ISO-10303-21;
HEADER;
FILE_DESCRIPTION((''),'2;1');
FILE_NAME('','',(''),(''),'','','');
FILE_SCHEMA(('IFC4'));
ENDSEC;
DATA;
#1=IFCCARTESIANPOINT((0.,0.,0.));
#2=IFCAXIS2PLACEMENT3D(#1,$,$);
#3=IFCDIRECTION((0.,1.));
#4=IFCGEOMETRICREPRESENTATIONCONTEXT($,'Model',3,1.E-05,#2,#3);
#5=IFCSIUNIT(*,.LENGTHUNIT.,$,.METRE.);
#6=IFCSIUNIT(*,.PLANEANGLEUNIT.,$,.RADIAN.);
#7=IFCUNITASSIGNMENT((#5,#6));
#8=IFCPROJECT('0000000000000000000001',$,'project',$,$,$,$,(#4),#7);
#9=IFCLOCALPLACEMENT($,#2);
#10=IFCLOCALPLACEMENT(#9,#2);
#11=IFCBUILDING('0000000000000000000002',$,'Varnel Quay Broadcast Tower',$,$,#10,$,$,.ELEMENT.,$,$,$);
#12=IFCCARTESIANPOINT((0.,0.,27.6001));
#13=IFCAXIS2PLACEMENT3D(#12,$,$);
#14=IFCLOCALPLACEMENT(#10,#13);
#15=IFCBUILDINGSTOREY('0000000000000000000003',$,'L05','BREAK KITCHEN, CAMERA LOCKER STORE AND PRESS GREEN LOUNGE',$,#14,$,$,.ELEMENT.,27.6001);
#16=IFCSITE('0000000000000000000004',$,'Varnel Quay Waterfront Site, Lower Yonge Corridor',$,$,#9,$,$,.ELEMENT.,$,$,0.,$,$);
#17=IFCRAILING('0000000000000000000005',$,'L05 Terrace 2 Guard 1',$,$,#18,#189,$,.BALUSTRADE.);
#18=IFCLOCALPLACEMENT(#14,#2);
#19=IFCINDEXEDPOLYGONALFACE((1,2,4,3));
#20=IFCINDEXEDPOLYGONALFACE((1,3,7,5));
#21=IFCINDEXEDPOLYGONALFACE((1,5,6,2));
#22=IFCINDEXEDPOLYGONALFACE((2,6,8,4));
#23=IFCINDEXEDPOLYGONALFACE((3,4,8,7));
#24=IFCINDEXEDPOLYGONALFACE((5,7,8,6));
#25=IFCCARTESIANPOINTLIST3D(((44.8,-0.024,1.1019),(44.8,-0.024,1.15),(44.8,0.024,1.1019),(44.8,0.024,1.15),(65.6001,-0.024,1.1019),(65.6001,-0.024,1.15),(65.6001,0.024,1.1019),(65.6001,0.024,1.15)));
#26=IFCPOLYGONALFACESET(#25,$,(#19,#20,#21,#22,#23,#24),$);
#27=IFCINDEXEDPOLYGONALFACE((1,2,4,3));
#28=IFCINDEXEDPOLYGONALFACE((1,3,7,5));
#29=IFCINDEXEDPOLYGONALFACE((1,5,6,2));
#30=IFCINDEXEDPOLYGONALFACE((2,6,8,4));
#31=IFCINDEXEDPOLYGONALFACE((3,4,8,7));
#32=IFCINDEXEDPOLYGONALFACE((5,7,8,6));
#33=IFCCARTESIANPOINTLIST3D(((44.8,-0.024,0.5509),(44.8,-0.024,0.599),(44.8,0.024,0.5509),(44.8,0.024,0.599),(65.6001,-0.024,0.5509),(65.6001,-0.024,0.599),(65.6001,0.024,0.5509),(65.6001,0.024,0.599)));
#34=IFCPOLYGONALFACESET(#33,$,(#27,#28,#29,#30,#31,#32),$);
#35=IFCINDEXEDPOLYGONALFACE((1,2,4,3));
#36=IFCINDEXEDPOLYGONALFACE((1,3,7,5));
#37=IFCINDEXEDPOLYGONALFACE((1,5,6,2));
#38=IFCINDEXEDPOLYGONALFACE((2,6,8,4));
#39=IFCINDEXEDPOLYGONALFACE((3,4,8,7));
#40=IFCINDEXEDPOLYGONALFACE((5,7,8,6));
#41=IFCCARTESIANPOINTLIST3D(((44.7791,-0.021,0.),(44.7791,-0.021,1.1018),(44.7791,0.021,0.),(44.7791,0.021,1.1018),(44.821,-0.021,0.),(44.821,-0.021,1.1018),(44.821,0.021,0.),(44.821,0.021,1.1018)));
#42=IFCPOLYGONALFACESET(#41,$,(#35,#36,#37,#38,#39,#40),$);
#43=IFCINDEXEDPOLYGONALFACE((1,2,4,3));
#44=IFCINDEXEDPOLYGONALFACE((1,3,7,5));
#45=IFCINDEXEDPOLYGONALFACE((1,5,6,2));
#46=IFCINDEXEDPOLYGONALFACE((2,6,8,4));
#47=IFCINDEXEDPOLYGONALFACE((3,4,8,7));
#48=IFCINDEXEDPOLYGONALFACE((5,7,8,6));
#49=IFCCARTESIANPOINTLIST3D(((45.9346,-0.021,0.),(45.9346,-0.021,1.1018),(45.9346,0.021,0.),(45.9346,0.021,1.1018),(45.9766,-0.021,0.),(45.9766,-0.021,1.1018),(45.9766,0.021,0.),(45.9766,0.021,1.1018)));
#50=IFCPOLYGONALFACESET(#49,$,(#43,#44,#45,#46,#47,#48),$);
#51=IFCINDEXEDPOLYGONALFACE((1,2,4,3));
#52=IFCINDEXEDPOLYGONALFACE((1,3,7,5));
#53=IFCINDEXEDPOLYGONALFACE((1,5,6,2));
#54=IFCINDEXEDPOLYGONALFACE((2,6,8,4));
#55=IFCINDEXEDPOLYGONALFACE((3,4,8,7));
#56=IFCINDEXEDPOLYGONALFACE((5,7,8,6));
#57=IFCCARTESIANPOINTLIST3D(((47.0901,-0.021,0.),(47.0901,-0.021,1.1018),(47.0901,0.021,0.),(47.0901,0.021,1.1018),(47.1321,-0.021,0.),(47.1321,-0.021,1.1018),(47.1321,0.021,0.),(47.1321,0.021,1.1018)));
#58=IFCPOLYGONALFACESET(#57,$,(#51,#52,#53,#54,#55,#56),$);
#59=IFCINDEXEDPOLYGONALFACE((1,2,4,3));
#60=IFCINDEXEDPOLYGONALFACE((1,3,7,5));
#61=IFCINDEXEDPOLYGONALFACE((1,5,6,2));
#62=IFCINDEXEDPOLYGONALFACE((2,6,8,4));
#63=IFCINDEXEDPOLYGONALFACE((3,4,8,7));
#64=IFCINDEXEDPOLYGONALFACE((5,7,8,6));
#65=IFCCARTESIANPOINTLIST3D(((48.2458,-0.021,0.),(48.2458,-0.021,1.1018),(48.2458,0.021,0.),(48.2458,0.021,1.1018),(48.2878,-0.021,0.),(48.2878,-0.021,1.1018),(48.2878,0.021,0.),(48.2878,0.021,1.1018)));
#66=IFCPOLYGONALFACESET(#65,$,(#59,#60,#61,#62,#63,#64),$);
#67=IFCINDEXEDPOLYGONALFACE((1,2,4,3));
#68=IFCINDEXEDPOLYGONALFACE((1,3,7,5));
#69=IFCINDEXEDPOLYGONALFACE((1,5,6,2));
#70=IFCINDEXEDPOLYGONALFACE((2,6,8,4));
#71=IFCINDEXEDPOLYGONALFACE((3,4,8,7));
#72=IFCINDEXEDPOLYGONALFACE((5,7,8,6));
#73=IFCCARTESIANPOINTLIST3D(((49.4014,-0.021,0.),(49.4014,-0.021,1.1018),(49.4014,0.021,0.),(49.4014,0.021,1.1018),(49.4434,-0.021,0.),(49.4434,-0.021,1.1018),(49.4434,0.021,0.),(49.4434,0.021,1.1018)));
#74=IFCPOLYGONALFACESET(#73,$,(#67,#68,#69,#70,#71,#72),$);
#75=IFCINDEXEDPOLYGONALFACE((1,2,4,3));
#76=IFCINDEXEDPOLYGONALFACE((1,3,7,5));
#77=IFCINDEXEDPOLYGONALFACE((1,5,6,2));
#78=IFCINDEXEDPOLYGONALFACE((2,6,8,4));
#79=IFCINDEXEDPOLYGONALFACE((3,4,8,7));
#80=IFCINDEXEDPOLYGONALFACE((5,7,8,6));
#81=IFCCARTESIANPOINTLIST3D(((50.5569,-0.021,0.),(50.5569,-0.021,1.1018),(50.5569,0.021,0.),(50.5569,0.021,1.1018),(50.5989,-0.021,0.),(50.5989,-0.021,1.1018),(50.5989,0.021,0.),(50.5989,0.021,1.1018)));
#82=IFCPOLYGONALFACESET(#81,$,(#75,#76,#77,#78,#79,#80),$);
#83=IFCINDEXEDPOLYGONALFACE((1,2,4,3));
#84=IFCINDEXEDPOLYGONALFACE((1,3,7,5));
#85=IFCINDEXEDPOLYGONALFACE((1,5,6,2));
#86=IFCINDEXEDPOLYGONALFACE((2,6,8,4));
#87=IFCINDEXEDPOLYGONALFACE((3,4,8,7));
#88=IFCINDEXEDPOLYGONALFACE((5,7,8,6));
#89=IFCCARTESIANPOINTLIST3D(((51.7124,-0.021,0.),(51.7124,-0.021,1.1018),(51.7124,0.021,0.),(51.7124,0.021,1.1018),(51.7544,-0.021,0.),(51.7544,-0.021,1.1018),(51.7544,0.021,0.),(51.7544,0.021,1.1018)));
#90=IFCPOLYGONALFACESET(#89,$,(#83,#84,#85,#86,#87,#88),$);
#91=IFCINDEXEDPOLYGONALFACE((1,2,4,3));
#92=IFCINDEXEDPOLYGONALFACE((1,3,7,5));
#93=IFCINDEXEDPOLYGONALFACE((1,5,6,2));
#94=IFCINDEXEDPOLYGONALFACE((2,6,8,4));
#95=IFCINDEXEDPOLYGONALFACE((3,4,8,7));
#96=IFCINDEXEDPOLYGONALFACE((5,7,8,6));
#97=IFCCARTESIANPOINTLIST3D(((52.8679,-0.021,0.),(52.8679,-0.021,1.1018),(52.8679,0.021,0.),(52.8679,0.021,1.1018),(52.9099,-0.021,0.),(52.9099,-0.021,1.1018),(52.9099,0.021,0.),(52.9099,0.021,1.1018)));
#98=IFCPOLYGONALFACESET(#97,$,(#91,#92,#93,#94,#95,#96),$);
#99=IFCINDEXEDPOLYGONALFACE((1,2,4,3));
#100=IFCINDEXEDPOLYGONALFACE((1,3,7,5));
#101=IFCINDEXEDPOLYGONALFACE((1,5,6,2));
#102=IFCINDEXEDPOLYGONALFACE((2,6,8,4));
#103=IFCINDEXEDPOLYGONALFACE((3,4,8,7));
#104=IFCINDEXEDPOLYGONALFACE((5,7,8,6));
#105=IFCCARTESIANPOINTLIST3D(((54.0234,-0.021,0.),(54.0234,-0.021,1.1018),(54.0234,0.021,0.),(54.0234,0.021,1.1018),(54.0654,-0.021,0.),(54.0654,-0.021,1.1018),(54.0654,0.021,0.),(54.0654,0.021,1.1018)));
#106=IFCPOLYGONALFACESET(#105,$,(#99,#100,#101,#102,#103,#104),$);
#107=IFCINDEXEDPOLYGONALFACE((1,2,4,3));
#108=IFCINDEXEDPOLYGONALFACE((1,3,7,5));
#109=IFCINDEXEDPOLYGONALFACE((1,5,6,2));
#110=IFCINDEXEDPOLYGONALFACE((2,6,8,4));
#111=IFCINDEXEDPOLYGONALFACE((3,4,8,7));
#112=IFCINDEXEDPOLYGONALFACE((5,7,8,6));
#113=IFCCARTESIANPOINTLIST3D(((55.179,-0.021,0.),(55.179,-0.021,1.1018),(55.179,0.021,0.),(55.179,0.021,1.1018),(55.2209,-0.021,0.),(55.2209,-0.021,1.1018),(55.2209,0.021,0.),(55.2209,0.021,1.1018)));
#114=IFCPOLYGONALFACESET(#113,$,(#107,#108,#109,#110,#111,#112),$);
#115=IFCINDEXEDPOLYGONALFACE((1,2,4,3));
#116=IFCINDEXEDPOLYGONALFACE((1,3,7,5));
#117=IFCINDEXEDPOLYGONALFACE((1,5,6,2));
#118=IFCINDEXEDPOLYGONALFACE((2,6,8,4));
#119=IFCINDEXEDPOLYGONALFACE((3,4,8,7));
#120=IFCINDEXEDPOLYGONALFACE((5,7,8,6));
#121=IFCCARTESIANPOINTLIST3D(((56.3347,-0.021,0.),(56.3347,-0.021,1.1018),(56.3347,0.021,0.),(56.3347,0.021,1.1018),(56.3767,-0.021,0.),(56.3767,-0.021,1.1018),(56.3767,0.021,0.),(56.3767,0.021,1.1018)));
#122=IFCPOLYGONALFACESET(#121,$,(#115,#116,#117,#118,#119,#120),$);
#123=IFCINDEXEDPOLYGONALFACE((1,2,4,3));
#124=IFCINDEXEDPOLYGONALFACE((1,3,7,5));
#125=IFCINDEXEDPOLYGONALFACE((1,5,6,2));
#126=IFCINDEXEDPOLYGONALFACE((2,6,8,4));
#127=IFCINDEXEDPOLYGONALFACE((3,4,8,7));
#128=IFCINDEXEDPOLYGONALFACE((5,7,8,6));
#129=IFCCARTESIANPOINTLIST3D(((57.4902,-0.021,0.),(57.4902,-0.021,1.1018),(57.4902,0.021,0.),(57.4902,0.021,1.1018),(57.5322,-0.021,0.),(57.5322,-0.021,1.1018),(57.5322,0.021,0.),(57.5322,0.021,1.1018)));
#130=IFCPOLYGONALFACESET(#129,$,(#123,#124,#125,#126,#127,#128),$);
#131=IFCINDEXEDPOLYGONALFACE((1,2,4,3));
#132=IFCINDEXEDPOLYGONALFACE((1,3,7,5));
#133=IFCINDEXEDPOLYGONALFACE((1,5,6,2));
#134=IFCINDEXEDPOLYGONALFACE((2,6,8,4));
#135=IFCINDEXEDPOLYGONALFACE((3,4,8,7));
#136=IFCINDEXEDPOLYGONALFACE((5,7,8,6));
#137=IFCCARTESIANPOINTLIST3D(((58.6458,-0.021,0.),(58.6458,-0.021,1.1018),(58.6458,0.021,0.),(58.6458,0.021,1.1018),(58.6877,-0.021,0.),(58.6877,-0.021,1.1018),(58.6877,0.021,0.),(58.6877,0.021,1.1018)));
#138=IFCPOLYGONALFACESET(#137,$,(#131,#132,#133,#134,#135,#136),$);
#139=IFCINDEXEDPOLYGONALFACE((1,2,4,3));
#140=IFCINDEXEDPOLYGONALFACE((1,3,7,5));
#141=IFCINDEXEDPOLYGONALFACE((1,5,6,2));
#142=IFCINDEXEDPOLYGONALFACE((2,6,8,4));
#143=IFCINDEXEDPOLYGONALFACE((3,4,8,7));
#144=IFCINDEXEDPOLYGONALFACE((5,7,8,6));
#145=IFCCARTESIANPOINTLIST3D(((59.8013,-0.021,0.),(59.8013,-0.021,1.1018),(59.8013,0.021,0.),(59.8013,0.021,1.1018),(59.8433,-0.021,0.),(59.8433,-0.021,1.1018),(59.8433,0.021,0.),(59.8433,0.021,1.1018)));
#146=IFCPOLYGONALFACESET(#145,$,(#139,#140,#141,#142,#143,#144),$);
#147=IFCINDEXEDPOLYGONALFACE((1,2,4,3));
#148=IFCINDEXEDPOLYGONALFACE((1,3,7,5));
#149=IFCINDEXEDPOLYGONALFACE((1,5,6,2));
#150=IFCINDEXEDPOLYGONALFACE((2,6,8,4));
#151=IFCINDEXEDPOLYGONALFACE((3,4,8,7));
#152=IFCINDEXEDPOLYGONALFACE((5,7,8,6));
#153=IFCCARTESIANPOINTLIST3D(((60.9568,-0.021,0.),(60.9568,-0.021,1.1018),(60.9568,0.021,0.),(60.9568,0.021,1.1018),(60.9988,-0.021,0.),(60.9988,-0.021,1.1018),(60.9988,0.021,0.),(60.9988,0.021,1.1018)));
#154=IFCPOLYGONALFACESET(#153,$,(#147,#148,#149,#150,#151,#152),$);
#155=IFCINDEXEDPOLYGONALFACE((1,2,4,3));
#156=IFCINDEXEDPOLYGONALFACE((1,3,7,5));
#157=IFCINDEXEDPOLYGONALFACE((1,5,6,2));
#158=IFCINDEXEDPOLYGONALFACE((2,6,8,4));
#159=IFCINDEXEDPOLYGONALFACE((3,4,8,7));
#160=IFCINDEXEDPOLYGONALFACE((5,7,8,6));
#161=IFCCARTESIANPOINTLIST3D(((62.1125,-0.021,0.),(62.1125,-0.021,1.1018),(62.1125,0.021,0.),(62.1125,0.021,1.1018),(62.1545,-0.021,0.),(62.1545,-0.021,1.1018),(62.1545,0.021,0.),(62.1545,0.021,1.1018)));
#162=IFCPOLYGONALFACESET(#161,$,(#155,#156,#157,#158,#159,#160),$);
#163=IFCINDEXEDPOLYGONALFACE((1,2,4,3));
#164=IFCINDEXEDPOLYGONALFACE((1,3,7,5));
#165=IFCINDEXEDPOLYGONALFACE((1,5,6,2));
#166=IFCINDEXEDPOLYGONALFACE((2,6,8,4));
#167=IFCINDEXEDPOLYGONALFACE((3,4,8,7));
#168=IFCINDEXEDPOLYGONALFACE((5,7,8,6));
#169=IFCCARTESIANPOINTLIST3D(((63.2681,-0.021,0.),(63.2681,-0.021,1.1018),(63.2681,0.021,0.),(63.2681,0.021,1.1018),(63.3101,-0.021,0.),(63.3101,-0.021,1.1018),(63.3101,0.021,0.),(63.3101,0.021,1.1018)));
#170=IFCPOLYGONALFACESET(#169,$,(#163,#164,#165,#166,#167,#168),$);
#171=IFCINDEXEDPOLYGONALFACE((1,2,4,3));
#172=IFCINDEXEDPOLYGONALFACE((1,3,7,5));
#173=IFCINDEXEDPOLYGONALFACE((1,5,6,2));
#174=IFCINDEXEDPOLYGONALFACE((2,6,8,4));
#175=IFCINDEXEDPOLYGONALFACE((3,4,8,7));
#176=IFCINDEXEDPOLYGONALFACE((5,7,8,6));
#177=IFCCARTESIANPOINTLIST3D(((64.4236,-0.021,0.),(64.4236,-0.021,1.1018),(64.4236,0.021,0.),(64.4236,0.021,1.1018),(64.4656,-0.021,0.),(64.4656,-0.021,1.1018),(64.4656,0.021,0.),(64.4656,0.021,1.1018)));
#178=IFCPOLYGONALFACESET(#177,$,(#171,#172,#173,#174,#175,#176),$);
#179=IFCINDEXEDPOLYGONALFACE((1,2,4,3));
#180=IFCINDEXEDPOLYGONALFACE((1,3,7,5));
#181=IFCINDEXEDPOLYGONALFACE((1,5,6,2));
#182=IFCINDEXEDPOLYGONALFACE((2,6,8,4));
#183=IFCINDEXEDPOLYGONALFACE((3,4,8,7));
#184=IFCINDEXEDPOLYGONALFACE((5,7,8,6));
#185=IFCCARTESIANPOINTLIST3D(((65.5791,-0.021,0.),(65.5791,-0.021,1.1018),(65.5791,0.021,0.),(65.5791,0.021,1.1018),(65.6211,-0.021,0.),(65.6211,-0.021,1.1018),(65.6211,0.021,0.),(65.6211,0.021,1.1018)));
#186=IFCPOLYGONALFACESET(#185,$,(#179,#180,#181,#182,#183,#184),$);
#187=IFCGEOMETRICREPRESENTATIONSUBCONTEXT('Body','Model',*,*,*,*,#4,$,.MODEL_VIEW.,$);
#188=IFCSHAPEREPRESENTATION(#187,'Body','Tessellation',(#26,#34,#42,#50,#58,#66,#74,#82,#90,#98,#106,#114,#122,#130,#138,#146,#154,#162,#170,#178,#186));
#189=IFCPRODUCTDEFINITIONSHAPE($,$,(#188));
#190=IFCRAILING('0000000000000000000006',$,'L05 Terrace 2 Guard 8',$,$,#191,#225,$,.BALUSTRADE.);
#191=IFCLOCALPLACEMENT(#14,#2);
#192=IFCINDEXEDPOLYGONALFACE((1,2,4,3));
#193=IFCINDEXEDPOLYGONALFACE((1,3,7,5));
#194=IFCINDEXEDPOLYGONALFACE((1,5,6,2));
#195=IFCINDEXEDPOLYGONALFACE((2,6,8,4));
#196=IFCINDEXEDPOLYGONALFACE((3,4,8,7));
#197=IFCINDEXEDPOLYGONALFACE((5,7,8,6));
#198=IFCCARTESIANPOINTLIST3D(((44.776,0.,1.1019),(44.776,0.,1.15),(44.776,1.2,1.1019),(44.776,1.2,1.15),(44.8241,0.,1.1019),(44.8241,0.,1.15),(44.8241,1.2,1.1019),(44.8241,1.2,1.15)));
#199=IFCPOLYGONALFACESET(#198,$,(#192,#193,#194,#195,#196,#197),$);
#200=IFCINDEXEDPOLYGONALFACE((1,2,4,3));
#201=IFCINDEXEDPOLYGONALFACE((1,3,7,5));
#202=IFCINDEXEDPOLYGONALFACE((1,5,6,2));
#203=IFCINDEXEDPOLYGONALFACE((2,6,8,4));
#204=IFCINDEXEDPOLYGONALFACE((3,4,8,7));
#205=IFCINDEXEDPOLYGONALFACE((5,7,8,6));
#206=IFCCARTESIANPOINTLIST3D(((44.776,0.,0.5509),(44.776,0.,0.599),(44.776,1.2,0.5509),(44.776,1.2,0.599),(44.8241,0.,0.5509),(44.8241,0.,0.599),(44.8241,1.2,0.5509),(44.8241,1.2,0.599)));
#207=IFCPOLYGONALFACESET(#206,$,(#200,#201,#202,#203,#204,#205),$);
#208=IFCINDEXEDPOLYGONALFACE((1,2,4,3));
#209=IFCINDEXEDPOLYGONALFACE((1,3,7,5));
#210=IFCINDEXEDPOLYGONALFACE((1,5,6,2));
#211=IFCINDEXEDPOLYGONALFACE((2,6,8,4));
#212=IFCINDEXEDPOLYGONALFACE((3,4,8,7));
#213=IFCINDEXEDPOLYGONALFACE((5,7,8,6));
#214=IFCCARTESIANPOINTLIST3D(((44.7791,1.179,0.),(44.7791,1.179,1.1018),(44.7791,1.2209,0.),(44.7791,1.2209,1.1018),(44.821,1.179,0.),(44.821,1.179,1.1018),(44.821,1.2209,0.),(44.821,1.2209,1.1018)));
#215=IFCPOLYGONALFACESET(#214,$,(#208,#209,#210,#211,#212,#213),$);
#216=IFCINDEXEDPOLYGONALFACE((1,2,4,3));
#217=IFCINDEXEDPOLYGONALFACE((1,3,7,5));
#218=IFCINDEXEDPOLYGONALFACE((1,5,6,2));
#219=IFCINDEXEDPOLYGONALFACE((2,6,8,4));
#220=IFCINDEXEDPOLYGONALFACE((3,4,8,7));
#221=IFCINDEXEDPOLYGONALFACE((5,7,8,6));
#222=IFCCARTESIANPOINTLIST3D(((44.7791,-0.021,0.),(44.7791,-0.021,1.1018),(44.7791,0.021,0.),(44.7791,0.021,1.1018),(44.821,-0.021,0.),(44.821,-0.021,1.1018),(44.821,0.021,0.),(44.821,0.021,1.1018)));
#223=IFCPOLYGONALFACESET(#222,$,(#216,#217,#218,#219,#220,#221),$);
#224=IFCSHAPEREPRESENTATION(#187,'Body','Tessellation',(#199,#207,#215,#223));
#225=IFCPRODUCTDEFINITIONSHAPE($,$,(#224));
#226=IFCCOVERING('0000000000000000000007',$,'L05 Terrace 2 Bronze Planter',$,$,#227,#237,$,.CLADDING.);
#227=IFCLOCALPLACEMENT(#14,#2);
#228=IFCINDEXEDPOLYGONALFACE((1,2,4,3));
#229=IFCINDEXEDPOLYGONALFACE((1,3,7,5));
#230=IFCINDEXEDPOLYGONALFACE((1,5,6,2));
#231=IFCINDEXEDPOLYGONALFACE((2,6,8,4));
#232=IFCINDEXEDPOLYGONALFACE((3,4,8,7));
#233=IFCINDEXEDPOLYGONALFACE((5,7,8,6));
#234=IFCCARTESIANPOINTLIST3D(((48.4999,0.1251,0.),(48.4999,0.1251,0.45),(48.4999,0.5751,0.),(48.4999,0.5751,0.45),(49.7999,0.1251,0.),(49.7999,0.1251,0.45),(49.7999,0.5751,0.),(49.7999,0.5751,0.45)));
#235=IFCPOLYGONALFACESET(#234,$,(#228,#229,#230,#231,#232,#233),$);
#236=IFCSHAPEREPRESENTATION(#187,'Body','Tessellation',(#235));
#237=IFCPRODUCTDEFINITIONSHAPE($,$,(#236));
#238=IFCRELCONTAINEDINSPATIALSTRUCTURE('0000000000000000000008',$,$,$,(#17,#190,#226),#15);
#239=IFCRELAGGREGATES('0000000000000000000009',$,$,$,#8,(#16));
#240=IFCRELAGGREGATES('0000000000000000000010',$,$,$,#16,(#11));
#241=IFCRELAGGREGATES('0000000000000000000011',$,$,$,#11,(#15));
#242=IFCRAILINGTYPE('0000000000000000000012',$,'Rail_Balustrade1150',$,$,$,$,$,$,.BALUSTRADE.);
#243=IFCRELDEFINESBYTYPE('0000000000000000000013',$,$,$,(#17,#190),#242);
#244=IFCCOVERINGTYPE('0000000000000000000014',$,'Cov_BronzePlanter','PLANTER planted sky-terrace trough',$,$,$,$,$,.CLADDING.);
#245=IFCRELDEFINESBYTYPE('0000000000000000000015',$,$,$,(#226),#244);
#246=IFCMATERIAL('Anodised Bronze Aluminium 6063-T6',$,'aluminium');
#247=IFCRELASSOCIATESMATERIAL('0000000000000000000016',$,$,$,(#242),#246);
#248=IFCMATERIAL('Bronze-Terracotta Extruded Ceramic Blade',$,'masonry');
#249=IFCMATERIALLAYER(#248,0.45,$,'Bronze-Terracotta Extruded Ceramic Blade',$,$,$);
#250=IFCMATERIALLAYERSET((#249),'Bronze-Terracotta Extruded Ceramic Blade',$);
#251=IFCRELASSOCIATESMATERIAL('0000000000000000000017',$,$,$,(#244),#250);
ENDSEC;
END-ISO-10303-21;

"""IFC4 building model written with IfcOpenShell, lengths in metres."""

from ifc_helpers import new_model, si_unit, direction, frame, origin, origin_2d, place, context, subcontext, project, spatial, rectangle, extrude, source, transform, mapped, material, layer, layer_set, type_object, type_shapes, element, save


model = new_model("IFC4")

# Units and contexts
model_context = context("Model", 3, precision=1e-05, world=origin(), true_north=direction((0.0, 1.0)))
body_context = subcontext(model_context, "Body", "Model", "MODEL_VIEW")
ifc_project = project(units=[si_unit("LENGTHUNIT", "METRE"), si_unit("PLANEANGLEUNIT", "RADIAN")], contexts=[model_context])

# Site, building, storey
site_placement = place(None, origin())
site = spatial("IfcSite", under=ifc_project, at=site_placement, Name="Varnel Quay Waterfront Site, Lower Yonge Corridor", CompositionType="ELEMENT", RefElevation=0.0)
building_placement = place(site_placement, origin())
building = spatial("IfcBuilding", under=site, at=building_placement, Name="Varnel Quay Broadcast Tower", CompositionType="ELEMENT")
storey_placement = place(building_placement, frame((0.0, 0.0, 27.6001)))
storey = spatial("IfcBuildingStorey", under=building, at=storey_placement, Name="L05", Description="BREAK KITCHEN, CAMERA LOCKER STORE AND PRESS GREEN LOUNGE", CompositionType="ELEMENT", Elevation=27.6001)

# Shared definitions
ifc_material_1 = material(Name="Anodised Bronze Aluminium 6063-T6", Category="aluminium")

# Railings
railing_type = type_object("IfcRailingType", Name="Rail_Balustrade1150", PredefinedType="BALUSTRADE", material=ifc_material_1)
railing_1_placement = place(storey_placement, frame((44.8, 0.0, 0.0)))
element("IfcRailing", 1, at=railing_1_placement, inside=storey, type_object=railing_type, Name="L05 Terrace 2 Guard 1", PredefinedType="BALUSTRADE", context=body_context, shape_type="SweptSolid", body=[
    extrude(rectangle(XDim=0.0481, YDim=0.0481, at=origin_2d()), frame((0.0, 0.0, 1.126), z_axis=(1.0, 0.0, 0.0), x_axis=(0.0, 1.0, 0.0)), (0.0, 0.0, 1.0), 20.8),
    extrude(rectangle(XDim=0.0481, YDim=0.0481, at=origin_2d()), frame((0.0, 0.0, 0.575), z_axis=(1.0, 0.0, 0.0), x_axis=(0.0, 1.0, 0.0)), (0.0, 0.0, 1.0), 20.8),
    extrude(rectangle(XDim=0.042, YDim=0.042, at=origin_2d()), origin(), (0.0, 0.0, 1.0), 1.1018),
    extrude(rectangle(XDim=0.042, YDim=0.042, at=origin_2d()), frame((1.1555, 0.0, 0.0)), (0.0, 0.0, 1.0), 1.1018),
    extrude(rectangle(XDim=0.042, YDim=0.042, at=origin_2d()), frame((2.311, 0.0, 0.0)), (0.0, 0.0, 1.0), 1.1018),
    extrude(rectangle(XDim=0.042, YDim=0.042, at=origin_2d()), frame((3.4668, 0.0, 0.0)), (0.0, 0.0, 1.0), 1.1018),
    extrude(rectangle(XDim=0.042, YDim=0.042, at=origin_2d()), frame((4.6223, 0.0, 0.0)), (0.0, 0.0, 1.0), 1.1018),
    extrude(rectangle(XDim=0.042, YDim=0.042, at=origin_2d()), frame((5.7778, 0.0, 0.0)), (0.0, 0.0, 1.0), 1.1018),
    extrude(rectangle(XDim=0.042, YDim=0.042, at=origin_2d()), frame((6.9333, 0.0, 0.0)), (0.0, 0.0, 1.0), 1.1018),
    extrude(rectangle(XDim=0.042, YDim=0.042, at=origin_2d()), frame((8.0889, 0.0, 0.0)), (0.0, 0.0, 1.0), 1.1018),
    extrude(rectangle(XDim=0.042, YDim=0.042, at=origin_2d()), frame((9.2444, 0.0, 0.0)), (0.0, 0.0, 1.0), 1.1018),
    extrude(rectangle(XDim=0.042, YDim=0.042, at=origin_2d()), frame((10.3999, 0.0, 0.0)), (0.0, 0.0, 1.0), 1.1018),
    extrude(rectangle(XDim=0.042, YDim=0.042, at=origin_2d()), frame((11.5557, 0.0, 0.0)), (0.0, 0.0, 1.0), 1.1018),
    extrude(rectangle(XDim=0.042, YDim=0.042, at=origin_2d()), frame((12.7112, 0.0, 0.0)), (0.0, 0.0, 1.0), 1.1018),
    extrude(rectangle(XDim=0.042, YDim=0.042, at=origin_2d()), frame((13.8667, 0.0, 0.0)), (0.0, 0.0, 1.0), 1.1018),
    extrude(rectangle(XDim=0.042, YDim=0.042, at=origin_2d()), frame((15.0222, 0.0, 0.0)), (0.0, 0.0, 1.0), 1.1018),
    extrude(rectangle(XDim=0.042, YDim=0.042, at=origin_2d()), frame((16.1777, 0.0, 0.0)), (0.0, 0.0, 1.0), 1.1018),
    extrude(rectangle(XDim=0.042, YDim=0.042, at=origin_2d()), frame((17.3335, 0.0, 0.0)), (0.0, 0.0, 1.0), 1.1018),
    extrude(rectangle(XDim=0.042, YDim=0.042, at=origin_2d()), frame((18.489, 0.0, 0.0)), (0.0, 0.0, 1.0), 1.1018),
    extrude(rectangle(XDim=0.042, YDim=0.042, at=origin_2d()), frame((19.6445, 0.0, 0.0)), (0.0, 0.0, 1.0), 1.1018),
    extrude(rectangle(XDim=0.042, YDim=0.042, at=origin_2d()), frame((20.8, 0.0, 0.0)), (0.0, 0.0, 1.0), 1.1018),
])
railing_2_placement = place(storey_placement, frame((44.8, 1.2, 0.0)))
element("IfcRailing", 2, at=railing_2_placement, inside=storey, type_object=railing_type, Name="L05 Terrace 2 Guard 8", PredefinedType="BALUSTRADE", context=body_context, shape_type="SweptSolid", body=[
    extrude(rectangle(XDim=0.0481, YDim=0.0481, at=origin_2d()), frame((0.0, 0.0, 1.126), z_axis=(0.0, -1.0, 0.0), x_axis=(1.0, 0.0, 0.0)), (0.0, 0.0, 1.0), 1.2),
    extrude(rectangle(XDim=0.0481, YDim=0.0481, at=origin_2d()), frame((0.0, 0.0, 0.575), z_axis=(0.0, -1.0, 0.0), x_axis=(1.0, 0.0, 0.0)), (0.0, 0.0, 1.0), 1.2),
    extrude(rectangle(XDim=0.042, YDim=0.042, at=origin_2d()), origin(), (0.0, 0.0, 1.0), 1.1018),
    extrude(rectangle(XDim=0.042, YDim=0.042, at=origin_2d()), frame((0.0, -1.2, 0.0)), (0.0, 0.0, 1.0), 1.1018),
])

# Covering
ifc_material_2 = material(Name="Bronze-Terracotta Extruded Ceramic Blade", Category="masonry")
ifc_layer_1 = layer(ifc_material_2, 0.45, Name="Bronze-Terracotta Extruded Ceramic Blade")
ifc_layer_set_1 = layer_set([ifc_layer_1], Name="Bronze-Terracotta Extruded Ceramic Blade")
covering_type = type_object("IfcCoveringType", Name="Cov_BronzePlanter", Description="PLANTER planted sky-terrace trough", PredefinedType="CLADDING", material=ifc_layer_set_1)
shared_shape_1 = source(origin(), body_context, "Body", "SweptSolid", [
    extrude(rectangle(XDim=1.3, YDim=0.45, at=origin_2d()), origin(), (0.0, 0.0, 1.0), 0.45),
])
type_shapes(covering_type, [shared_shape_1])
covering_placement = place(storey_placement, frame((49.1499, 0.3501, 0.0), z_axis=(0.0, 0.0, 1.0), x_axis=(1.0, 0.0, 0.0)))
element("IfcCovering", 3, at=covering_placement, inside=storey, type_object=covering_type, Name="L05 Terrace 2 Bronze Planter", PredefinedType="CLADDING", context=body_context, shape_type="MappedRepresentation", body=[
    mapped(shared_shape_1, transform((0.0, 0.0, 0.0), x_axis=(1.0, 0.0, 0.0), y_axis=(0.0, 1.0, 0.0), z_axis=(0.0, 0.0, 1.0), scale=1.0)),
])

save(model, "model.ifc")
